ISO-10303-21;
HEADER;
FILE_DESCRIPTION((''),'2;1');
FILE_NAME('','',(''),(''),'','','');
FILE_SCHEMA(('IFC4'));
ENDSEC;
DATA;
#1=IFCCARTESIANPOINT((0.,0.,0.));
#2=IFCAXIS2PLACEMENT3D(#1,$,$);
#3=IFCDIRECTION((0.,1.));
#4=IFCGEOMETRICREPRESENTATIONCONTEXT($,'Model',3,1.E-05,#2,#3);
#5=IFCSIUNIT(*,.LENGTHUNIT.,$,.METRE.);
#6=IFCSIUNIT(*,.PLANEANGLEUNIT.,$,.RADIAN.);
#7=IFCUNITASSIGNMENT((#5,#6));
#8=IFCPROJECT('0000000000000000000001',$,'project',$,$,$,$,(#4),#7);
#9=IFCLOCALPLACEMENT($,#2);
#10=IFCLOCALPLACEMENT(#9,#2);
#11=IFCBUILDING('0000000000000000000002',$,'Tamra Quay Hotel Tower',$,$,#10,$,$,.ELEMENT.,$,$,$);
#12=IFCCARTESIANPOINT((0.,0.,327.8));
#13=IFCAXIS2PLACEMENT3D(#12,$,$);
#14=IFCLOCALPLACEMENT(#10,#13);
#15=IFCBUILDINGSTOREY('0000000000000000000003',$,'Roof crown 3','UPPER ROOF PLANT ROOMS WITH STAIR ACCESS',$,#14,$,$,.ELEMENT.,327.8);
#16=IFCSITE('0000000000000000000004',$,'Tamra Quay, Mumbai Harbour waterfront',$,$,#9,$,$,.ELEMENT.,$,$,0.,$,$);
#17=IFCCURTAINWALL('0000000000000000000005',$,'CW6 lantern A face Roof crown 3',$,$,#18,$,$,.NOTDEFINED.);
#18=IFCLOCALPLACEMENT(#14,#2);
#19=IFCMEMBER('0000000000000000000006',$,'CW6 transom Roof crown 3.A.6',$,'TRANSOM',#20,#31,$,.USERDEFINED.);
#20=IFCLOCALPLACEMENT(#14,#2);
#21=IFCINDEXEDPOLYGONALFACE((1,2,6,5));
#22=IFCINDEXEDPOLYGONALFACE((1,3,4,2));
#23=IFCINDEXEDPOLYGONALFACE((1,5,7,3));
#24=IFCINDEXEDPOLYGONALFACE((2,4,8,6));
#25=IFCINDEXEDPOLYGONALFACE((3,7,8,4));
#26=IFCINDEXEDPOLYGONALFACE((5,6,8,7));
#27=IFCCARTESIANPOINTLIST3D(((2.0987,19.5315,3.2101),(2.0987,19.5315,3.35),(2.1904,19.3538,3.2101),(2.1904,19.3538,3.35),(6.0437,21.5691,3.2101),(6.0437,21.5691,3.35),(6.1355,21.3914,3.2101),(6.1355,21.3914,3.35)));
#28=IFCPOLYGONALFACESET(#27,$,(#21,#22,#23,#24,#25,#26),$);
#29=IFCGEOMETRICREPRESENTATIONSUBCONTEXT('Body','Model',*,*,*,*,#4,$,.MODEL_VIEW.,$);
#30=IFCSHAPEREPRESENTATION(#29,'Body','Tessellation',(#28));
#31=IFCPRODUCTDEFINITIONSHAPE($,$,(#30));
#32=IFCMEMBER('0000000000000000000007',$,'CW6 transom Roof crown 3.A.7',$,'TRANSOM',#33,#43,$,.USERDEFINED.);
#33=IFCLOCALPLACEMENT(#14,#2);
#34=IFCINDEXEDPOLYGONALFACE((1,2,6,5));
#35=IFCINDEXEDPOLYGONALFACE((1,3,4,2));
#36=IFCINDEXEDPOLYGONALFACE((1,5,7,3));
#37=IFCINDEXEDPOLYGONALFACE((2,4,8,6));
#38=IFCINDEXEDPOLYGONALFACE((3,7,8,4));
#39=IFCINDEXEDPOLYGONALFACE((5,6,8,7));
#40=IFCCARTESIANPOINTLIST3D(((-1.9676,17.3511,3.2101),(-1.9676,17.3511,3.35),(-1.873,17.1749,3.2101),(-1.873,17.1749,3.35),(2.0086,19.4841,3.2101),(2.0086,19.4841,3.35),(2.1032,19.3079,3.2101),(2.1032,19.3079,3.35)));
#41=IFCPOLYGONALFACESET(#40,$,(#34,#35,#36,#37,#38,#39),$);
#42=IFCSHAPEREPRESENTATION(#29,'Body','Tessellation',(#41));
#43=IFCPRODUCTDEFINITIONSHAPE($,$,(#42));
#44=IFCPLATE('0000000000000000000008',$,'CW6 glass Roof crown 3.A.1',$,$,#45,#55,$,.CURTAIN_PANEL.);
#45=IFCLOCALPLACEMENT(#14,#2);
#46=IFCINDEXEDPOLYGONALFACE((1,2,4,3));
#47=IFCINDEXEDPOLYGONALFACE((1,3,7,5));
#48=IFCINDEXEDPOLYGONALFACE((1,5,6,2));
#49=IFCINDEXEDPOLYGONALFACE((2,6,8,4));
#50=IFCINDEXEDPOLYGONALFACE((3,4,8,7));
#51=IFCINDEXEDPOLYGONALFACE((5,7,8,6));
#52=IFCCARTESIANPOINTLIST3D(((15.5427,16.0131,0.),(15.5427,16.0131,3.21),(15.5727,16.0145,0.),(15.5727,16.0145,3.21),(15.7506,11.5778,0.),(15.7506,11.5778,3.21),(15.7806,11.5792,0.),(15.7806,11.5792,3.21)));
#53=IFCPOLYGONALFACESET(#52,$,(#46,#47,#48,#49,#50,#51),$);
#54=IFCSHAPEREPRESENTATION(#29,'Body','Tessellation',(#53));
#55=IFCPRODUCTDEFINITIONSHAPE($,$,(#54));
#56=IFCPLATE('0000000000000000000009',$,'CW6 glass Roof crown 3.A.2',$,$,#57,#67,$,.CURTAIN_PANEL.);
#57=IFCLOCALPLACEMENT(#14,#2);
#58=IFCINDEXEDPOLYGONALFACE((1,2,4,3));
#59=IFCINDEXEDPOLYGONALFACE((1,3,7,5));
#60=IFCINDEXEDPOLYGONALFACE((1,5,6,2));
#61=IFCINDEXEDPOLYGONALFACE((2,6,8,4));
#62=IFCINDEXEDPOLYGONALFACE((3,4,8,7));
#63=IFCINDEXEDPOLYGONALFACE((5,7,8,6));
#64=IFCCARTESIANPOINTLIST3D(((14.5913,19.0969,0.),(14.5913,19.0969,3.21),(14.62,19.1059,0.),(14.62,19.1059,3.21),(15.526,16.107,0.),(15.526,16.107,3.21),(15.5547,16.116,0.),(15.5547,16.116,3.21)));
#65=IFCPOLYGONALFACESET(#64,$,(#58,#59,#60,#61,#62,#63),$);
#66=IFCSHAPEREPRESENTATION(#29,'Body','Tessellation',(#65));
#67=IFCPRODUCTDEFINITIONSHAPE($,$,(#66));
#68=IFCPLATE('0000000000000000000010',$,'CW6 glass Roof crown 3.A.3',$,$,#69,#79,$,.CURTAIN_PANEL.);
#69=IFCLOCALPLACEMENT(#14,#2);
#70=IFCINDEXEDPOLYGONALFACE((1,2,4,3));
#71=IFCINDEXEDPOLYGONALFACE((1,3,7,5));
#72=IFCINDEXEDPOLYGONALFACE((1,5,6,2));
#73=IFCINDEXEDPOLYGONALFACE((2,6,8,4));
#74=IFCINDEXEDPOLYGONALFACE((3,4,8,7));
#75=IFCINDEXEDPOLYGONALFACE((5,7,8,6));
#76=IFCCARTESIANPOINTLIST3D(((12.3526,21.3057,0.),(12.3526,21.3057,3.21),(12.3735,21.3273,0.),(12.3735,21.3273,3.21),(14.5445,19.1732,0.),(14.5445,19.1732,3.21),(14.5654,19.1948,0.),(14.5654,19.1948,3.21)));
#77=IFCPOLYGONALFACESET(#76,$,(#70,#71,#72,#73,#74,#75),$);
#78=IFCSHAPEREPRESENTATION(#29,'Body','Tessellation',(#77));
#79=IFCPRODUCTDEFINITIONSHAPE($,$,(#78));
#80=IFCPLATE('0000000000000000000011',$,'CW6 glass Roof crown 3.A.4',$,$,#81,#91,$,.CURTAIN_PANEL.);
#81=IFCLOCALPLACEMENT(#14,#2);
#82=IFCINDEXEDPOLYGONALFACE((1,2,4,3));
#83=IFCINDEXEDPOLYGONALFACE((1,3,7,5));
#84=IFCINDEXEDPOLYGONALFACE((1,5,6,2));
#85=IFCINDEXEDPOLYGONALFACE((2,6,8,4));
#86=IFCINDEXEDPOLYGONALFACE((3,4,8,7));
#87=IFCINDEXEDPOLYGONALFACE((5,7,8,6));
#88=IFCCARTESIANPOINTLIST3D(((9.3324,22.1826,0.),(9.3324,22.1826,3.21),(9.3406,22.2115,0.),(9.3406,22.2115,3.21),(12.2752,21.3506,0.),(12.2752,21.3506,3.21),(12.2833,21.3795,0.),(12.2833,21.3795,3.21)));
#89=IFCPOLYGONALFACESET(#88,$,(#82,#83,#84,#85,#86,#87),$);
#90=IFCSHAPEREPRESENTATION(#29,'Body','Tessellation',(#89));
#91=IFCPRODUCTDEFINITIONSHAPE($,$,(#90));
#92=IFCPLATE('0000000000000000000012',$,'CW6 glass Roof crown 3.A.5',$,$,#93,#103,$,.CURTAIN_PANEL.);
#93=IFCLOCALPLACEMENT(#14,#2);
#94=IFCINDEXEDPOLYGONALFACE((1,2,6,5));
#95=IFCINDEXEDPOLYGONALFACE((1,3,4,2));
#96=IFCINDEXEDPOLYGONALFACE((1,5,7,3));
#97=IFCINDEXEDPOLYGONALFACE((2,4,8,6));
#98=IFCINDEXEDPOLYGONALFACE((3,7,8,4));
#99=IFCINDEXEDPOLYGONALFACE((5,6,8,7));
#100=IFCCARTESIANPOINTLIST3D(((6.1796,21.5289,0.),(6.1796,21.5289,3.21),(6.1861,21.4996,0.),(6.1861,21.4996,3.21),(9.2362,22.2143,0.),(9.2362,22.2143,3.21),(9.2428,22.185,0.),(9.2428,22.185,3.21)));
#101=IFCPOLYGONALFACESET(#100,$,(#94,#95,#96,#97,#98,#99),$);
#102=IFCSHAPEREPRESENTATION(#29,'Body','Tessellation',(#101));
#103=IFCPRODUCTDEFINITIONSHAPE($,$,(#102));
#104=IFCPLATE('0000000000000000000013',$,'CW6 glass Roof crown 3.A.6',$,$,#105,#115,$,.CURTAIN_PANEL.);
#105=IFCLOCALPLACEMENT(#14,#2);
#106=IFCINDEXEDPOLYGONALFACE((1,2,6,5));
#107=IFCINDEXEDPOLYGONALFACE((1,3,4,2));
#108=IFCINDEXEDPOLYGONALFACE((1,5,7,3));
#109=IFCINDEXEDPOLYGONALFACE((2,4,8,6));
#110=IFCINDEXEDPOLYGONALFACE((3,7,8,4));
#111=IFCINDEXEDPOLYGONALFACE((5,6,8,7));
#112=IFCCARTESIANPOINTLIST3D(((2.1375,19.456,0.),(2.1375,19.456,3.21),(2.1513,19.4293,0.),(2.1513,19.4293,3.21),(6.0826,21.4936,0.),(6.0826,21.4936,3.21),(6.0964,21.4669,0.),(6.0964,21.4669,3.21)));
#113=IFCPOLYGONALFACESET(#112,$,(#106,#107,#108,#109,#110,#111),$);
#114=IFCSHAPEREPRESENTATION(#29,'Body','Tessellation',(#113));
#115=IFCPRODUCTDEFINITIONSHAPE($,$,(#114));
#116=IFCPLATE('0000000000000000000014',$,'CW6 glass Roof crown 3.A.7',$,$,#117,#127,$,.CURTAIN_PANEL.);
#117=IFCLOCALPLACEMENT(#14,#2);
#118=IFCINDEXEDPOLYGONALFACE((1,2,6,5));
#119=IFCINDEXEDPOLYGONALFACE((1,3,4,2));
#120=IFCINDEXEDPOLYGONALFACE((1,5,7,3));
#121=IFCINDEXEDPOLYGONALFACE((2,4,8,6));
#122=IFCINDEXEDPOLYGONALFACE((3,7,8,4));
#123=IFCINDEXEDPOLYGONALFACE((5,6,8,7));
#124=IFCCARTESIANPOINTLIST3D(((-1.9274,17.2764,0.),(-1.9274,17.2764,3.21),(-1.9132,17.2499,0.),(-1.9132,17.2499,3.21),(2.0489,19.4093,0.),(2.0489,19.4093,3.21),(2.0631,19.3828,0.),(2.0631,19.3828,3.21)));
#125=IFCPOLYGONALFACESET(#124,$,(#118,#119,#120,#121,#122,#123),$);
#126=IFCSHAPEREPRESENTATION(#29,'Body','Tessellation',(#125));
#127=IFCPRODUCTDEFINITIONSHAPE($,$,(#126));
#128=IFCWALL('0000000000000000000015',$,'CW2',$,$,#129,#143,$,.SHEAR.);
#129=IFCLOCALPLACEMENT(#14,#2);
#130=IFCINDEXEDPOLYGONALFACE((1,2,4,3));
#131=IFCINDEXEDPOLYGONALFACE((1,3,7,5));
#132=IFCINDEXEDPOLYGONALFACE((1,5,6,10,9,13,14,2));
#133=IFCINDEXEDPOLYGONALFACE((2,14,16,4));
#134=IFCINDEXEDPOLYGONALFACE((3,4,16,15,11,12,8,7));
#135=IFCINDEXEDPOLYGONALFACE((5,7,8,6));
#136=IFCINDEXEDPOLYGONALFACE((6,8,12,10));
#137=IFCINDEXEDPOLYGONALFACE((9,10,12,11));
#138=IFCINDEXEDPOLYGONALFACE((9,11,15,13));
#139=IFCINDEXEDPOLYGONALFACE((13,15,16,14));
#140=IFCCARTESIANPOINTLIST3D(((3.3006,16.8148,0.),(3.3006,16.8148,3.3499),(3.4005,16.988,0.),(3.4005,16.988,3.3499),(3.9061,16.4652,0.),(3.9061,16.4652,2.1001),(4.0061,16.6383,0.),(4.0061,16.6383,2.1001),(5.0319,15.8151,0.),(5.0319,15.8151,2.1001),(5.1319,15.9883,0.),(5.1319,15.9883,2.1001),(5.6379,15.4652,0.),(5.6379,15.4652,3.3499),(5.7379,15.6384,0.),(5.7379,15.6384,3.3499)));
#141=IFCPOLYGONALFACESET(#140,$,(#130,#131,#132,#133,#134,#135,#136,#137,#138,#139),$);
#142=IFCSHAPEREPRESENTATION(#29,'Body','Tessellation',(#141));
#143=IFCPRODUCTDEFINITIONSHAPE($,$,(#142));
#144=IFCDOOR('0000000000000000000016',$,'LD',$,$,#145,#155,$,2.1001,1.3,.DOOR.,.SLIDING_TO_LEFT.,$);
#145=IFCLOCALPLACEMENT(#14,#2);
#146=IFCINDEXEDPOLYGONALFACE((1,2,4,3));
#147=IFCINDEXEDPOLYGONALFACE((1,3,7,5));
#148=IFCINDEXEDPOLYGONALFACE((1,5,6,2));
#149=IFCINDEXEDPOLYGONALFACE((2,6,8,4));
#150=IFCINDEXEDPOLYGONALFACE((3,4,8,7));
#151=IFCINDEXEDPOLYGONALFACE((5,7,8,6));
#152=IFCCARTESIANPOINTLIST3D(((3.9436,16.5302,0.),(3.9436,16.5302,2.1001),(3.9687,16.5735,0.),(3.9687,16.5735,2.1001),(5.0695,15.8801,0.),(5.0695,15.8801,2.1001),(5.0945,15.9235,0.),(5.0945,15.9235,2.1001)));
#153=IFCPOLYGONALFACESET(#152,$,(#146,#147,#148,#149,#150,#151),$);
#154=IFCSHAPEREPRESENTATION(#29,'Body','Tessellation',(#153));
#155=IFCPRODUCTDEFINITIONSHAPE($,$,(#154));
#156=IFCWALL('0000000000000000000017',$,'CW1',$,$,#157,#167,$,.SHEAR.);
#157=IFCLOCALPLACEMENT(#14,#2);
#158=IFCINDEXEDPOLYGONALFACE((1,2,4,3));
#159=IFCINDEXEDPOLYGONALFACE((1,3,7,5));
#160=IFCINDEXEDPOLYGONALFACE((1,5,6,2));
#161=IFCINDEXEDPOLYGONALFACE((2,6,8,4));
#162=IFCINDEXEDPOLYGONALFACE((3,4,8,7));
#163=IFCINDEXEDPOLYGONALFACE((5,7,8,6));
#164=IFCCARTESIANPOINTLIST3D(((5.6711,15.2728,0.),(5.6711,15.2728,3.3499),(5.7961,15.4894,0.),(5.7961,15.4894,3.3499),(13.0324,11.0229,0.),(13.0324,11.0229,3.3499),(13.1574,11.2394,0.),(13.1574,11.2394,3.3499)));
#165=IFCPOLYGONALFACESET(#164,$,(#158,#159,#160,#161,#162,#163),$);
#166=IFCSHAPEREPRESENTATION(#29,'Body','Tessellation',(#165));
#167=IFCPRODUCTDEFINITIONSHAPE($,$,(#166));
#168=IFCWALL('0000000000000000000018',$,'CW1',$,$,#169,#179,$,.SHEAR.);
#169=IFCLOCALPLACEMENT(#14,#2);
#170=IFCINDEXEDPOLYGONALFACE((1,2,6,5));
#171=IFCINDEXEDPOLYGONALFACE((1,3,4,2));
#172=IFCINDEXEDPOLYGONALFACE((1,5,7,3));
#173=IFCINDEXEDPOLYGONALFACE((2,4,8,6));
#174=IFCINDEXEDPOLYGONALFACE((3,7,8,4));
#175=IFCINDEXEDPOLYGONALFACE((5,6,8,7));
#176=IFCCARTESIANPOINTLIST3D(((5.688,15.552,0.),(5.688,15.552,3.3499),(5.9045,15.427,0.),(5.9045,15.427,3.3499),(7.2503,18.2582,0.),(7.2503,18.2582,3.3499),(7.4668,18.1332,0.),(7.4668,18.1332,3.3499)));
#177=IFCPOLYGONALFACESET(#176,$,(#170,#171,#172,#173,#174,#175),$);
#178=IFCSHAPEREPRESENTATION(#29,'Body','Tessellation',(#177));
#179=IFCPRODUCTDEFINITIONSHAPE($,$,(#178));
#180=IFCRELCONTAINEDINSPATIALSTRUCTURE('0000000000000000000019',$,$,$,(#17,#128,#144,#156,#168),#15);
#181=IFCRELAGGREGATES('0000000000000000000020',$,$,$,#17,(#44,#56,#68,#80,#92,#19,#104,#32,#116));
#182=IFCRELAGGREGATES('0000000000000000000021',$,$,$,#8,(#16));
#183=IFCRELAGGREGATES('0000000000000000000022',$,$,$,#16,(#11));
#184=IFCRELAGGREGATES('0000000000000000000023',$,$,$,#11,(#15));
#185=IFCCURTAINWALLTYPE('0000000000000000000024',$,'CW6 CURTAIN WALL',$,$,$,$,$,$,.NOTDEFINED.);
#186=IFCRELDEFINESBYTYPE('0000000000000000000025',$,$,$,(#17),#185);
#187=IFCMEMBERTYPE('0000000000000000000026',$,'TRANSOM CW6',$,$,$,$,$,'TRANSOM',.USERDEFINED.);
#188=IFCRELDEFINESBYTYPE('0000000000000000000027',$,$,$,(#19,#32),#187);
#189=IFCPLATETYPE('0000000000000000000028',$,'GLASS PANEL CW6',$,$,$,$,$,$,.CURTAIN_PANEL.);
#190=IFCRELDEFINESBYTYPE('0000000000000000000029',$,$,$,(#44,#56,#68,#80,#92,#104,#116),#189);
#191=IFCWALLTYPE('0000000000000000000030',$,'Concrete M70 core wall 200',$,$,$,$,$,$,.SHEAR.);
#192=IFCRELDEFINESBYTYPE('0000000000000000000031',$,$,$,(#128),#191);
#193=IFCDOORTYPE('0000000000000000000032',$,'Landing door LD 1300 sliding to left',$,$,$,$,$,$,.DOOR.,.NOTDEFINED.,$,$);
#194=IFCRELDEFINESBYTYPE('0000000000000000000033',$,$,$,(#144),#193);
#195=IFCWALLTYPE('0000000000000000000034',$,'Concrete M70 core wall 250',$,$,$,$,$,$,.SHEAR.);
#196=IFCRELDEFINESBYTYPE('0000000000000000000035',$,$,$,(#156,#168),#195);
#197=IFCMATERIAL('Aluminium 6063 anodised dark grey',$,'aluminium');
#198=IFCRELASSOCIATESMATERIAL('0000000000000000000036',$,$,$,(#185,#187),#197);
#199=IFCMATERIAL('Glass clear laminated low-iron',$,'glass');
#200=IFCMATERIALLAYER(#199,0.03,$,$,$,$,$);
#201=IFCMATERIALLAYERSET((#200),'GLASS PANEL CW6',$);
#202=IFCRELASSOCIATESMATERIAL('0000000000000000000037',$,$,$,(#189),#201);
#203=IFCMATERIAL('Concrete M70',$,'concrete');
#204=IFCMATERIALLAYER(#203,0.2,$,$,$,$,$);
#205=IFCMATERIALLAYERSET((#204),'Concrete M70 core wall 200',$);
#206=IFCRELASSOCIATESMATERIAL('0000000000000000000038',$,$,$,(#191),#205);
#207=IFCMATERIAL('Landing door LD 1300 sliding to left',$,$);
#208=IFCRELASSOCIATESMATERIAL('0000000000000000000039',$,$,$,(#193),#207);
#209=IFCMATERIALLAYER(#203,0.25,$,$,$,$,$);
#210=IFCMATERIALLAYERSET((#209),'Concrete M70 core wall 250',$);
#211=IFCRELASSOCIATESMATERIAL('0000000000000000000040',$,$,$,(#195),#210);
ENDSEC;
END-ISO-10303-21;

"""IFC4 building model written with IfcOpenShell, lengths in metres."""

from ifc_helpers import new_model, si_unit, direction, frame, frame_2d, origin, origin_2d, place, context, subcontext, project, spatial, rectangle, extrude, material, layer, layer_set, material_profile, profile_set, type_object, element, fill, aggregate, save


model = new_model("IFC4")

# Units and contexts
model_context = context("Model", 3, precision=1e-05, world=origin(), true_north=direction((0.0, 1.0)))
body_context = subcontext(model_context, "Body", "Model", "MODEL_VIEW")
ifc_project = project(units=[si_unit("LENGTHUNIT", "METRE"), si_unit("PLANEANGLEUNIT", "RADIAN")], contexts=[model_context])

# Site, building, storey
site_placement = place(None, origin())
site = spatial("IfcSite", under=ifc_project, at=site_placement, Name="Tamra Quay, Mumbai Harbour waterfront", CompositionType="ELEMENT", RefElevation=0.0)
building_placement = place(site_placement, origin())
building = spatial("IfcBuilding", under=site, at=building_placement, Name="Tamra Quay Hotel Tower", CompositionType="ELEMENT")
storey_placement = place(building_placement, frame((0.0, 0.0, 327.8)))
storey = spatial("IfcBuildingStorey", under=building, at=storey_placement, Name="Roof crown 3", Description="UPPER ROOF PLANT ROOMS WITH STAIR ACCESS", CompositionType="ELEMENT", Elevation=327.8)

# Curtain wall, members, plates
ifc_material_1 = material(Name="Aluminium 6063 anodised dark grey", Category="aluminium")
curtain_wall_type = type_object("IfcCurtainWallType", Name="CW6 CURTAIN WALL", PredefinedType="NOTDEFINED", material=ifc_material_1)
curtain_wall_placement = place(storey_placement, origin())
curtain_wall = element("IfcCurtainWall", 1, at=curtain_wall_placement, inside=storey, type_object=curtain_wall_type, Name="CW6 lantern A face Roof crown 3", PredefinedType="NOTDEFINED")
ifc_material_profile_1 = material_profile(ifc_material_1, rectangle(XDim=0.2, YDim=0.1399, at=origin_2d()), Name="TRANSOM 200X140")
ifc_profile_set_1 = profile_set([ifc_material_profile_1], Name="Aluminium 6063 anodised dark grey")
member_type_1 = type_object("IfcMemberType", Name="TRANSOM CW6", ElementType="TRANSOM", PredefinedType="USERDEFINED", material=ifc_profile_set_1)
member_1_placement = place(storey_placement, frame((6.0896, 21.4802, 3.28), z_axis=(-0.888489, -0.458898, 0.0), x_axis=(0.458898, -0.888489, 0.0)))
member_1 = element("IfcMember", 2, at=member_1_placement, type_object=member_type_1, Name="CW6 transom Roof crown 3.A.6", ObjectType="TRANSOM", PredefinedType="USERDEFINED", context=body_context, shape_type="SweptSolid", body=[
    extrude(rectangle(XDim=0.2, YDim=0.1399, at=origin_2d()), origin(), (0.0, 0.0, 1.0), 4.4402),
])
member_2_placement = place(storey_placement, frame((2.0559, 19.396, 3.28), z_axis=(-0.881214, -0.472718, 0.0), x_axis=(0.472718, -0.881214, 0.0)))
member_2 = element("IfcMember", 3, at=member_2_placement, type_object=member_type_1, Name="CW6 transom Roof crown 3.A.7", ObjectType="TRANSOM", PredefinedType="USERDEFINED", context=body_context, shape_type="SweptSolid", body=[
    extrude(rectangle(XDim=0.2, YDim=0.1399, at=origin_2d()), origin(), (0.0, 0.0, 1.0), 4.5122),
])
ifc_material_2 = material(Name="Glass clear laminated low-iron", Category="glass")
ifc_layer_1 = layer(ifc_material_2, 0.03)
ifc_layer_set_1 = layer_set([ifc_layer_1], Name="GLASS PANEL CW6")
plate_type = type_object("IfcPlateType", Name="GLASS PANEL CW6", PredefinedType="CURTAIN_PANEL", material=ifc_layer_set_1)
plate_1_placement = place(storey_placement, frame((15.6616, 13.7961, 0.0), z_axis=(0.0, 0.0, 1.0), x_axis=(-0.046821, 0.998903, 0.0)))
plate_1 = element("IfcPlate", 4, at=plate_1_placement, type_object=plate_type, Name="CW6 glass Roof crown 3.A.1", PredefinedType="CURTAIN_PANEL", context=body_context, shape_type="SweptSolid", body=[
    extrude(rectangle(XDim=4.4402, YDim=0.03, at=origin_2d()), origin(), (0.0, 0.0, 1.0), 3.21),
])
plate_2_placement = place(storey_placement, frame((15.073, 17.6064, 0.0), z_axis=(0.0, 0.0, 1.0), x_axis=(-0.298392, 0.954443, 0.0)))
plate_2 = element("IfcPlate", 5, at=plate_2_placement, type_object=plate_type, Name="CW6 glass Roof crown 3.A.2", PredefinedType="CURTAIN_PANEL", context=body_context, shape_type="SweptSolid", body=[
    extrude(rectangle(XDim=3.1326, YDim=0.03, at=origin_2d()), origin(), (0.0, 0.0, 1.0), 3.21),
])
plate_3_placement = place(storey_placement, frame((13.459, 20.2502, 0.0), z_axis=(0.0, 0.0, 1.0), x_axis=(-0.716753, 0.697327, 0.0)))
plate_3 = element("IfcPlate", 6, at=plate_3_placement, type_object=plate_type, Name="CW6 glass Roof crown 3.A.3", PredefinedType="CURTAIN_PANEL", context=body_context, shape_type="SweptSolid", body=[
    extrude(rectangle(XDim=3.0581, YDim=0.03, at=origin_2d()), origin(), (0.0, 0.0, 1.0), 3.21),
])
plate_4_placement = place(storey_placement, frame((10.8079, 21.781, 0.0), z_axis=(0.0, 0.0, 1.0), x_axis=(-0.96228, 0.272062, 0.0)))
plate_4 = element("IfcPlate", 7, at=plate_4_placement, type_object=plate_type, Name="CW6 glass Roof crown 3.A.4", PredefinedType="CURTAIN_PANEL", context=body_context, shape_type="SweptSolid", body=[
    extrude(rectangle(XDim=3.0581, YDim=0.03, at=origin_2d()), origin(), (0.0, 0.0, 1.0), 3.21),
])
plate_5_placement = place(storey_placement, frame((7.7112, 21.8569, 0.0), z_axis=(0.0, 0.0, 1.0), x_axis=(-0.975768, -0.218806, 0.0)))
plate_5 = element("IfcPlate", 8, at=plate_5_placement, type_object=plate_type, Name="CW6 glass Roof crown 3.A.5", PredefinedType="CURTAIN_PANEL", context=body_context, shape_type="SweptSolid", body=[
    extrude(rectangle(XDim=3.1326, YDim=0.03, at=origin_2d()), origin(), (0.0, 0.0, 1.0), 3.21),
])
plate_6_placement = place(storey_placement, frame((4.1169, 20.4614, 0.0), z_axis=(0.0, 0.0, 1.0), x_axis=(-0.888486, -0.458903, 0.0)))
plate_6 = element("IfcPlate", 9, at=plate_6_placement, type_object=plate_type, Name="CW6 glass Roof crown 3.A.6", PredefinedType="CURTAIN_PANEL", context=body_context, shape_type="SweptSolid", body=[
    extrude(rectangle(XDim=4.4402, YDim=0.03, at=origin_2d()), origin(), (0.0, 0.0, 1.0), 3.21),
])
plate_7_placement = place(storey_placement, frame((0.0679, 18.3296, 0.0), z_axis=(0.0, 0.0, 1.0), x_axis=(-0.881224, -0.4727, 0.0)))
plate_7 = element("IfcPlate", 10, at=plate_7_placement, type_object=plate_type, Name="CW6 glass Roof crown 3.A.7", PredefinedType="CURTAIN_PANEL", context=body_context, shape_type="SweptSolid", body=[
    extrude(rectangle(XDim=4.5122, YDim=0.03, at=origin_2d()), origin(), (0.0, 0.0, 1.0), 3.21),
])
aggregate(curtain_wall, [plate_1, plate_2, plate_3, plate_4, plate_5, member_1, plate_6, member_2, plate_7])

# Wall, opening, door
ifc_material_3 = material(Name="Concrete M70", Category="concrete")
ifc_layer_2 = layer(ifc_material_3, 0.2)
ifc_layer_set_2 = layer_set([ifc_layer_2], Name="Concrete M70 core wall 200")
wall_type_1 = type_object("IfcWallType", Name="Concrete M70 core wall 200", PredefinedType="SHEAR", material=ifc_layer_set_2)
wall_1_placement = place(storey_placement, frame((5.688, 15.5518, 0.0), z_axis=(0.0, 0.0, 1.0), x_axis=(-0.866008, 0.50003, 0.0)))
wall_1 = element("IfcWall", 11, at=wall_1_placement, inside=storey, type_object=wall_type_1, Name="CW2", PredefinedType="SHEAR", context=body_context, shape_type="SweptSolid", body=[
    extrude(rectangle(XDim=2.699, YDim=0.2, at=frame_2d((1.3496, 0.0))), origin(), (0.0, 0.0, 1.0), 3.3499),
])
opening_placement = place(wall_1_placement, frame((0.7, 0.0, 0.0)))
opening = element("IfcOpeningElement", 12, at=opening_placement, cuts=wall_1, PredefinedType="OPENING", context=body_context, shape_type="SweptSolid", body=[
    extrude(rectangle(XDim=1.3, YDim=2.1001, at=frame_2d((0.6499, 1.05))), frame((0.0, 0.1099, 0.0), z_axis=(0.0, -1.0, 0.0), x_axis=(1.0, 0.0, 0.0)), (0.0, 0.0, 1.0), 0.22),
])
ifc_material_4 = material(Name="Landing door LD 1300 sliding to left")
door_type = type_object("IfcDoorType", Name="Landing door LD 1300 sliding to left", OperationType="NOTDEFINED", PredefinedType="DOOR", material=ifc_material_4)
door_placement = place(opening_placement, origin())
door = element("IfcDoor", 13, at=door_placement, inside=storey, type_object=door_type, Name="LD", OperationType="SLIDING_TO_LEFT", OverallHeight=2.1001, OverallWidth=1.3, PredefinedType="DOOR", context=body_context, shape_type="SweptSolid", body=[
    extrude(rectangle(XDim=1.3, YDim=2.1001, at=frame_2d((0.6499, 1.05))), frame((0.0, 0.0249, 0.0), z_axis=(0.0, -1.0, 0.0), x_axis=(1.0, 0.0, 0.0)), (0.0, 0.0, 1.0), 0.05),
])
fill(opening, door)

# Walls
ifc_layer_3 = layer(ifc_material_3, 0.25)
ifc_layer_set_3 = layer_set([ifc_layer_3], Name="Concrete M70 core wall 250")
wall_type_2 = type_object("IfcWallType", Name="Concrete M70 core wall 250", PredefinedType="SHEAR", material=ifc_layer_set_3)
wall_2_placement = place(storey_placement, frame((5.7336, 15.3811, 0.0), z_axis=(0.0, 0.0, 1.0), x_axis=(0.866029, -0.499994, 0.0)))
element("IfcWall", 14, at=wall_2_placement, inside=storey, type_object=wall_type_2, Name="CW1", PredefinedType="SHEAR", context=body_context, shape_type="SweptSolid", body=[
    extrude(rectangle(XDim=8.5, YDim=0.25, at=frame_2d((4.25, 0.0))), origin(), (0.0, 0.0, 1.0), 3.3499),
])
wall_3_placement = place(storey_placement, frame((7.3586, 18.1958, 0.0), z_axis=(0.0, 0.0, 1.0), x_axis=(-0.499979, -0.866037, 0.0)))
element("IfcWall", 15, at=wall_3_placement, inside=storey, type_object=wall_type_2, Name="CW1", PredefinedType="SHEAR", context=body_context, shape_type="SweptSolid", body=[
    extrude(rectangle(XDim=3.1248, YDim=0.25, at=frame_2d((1.5625, 0.0))), origin(), (0.0, 0.0, 1.0), 3.3499),
])

save(model, "model.ifc")
